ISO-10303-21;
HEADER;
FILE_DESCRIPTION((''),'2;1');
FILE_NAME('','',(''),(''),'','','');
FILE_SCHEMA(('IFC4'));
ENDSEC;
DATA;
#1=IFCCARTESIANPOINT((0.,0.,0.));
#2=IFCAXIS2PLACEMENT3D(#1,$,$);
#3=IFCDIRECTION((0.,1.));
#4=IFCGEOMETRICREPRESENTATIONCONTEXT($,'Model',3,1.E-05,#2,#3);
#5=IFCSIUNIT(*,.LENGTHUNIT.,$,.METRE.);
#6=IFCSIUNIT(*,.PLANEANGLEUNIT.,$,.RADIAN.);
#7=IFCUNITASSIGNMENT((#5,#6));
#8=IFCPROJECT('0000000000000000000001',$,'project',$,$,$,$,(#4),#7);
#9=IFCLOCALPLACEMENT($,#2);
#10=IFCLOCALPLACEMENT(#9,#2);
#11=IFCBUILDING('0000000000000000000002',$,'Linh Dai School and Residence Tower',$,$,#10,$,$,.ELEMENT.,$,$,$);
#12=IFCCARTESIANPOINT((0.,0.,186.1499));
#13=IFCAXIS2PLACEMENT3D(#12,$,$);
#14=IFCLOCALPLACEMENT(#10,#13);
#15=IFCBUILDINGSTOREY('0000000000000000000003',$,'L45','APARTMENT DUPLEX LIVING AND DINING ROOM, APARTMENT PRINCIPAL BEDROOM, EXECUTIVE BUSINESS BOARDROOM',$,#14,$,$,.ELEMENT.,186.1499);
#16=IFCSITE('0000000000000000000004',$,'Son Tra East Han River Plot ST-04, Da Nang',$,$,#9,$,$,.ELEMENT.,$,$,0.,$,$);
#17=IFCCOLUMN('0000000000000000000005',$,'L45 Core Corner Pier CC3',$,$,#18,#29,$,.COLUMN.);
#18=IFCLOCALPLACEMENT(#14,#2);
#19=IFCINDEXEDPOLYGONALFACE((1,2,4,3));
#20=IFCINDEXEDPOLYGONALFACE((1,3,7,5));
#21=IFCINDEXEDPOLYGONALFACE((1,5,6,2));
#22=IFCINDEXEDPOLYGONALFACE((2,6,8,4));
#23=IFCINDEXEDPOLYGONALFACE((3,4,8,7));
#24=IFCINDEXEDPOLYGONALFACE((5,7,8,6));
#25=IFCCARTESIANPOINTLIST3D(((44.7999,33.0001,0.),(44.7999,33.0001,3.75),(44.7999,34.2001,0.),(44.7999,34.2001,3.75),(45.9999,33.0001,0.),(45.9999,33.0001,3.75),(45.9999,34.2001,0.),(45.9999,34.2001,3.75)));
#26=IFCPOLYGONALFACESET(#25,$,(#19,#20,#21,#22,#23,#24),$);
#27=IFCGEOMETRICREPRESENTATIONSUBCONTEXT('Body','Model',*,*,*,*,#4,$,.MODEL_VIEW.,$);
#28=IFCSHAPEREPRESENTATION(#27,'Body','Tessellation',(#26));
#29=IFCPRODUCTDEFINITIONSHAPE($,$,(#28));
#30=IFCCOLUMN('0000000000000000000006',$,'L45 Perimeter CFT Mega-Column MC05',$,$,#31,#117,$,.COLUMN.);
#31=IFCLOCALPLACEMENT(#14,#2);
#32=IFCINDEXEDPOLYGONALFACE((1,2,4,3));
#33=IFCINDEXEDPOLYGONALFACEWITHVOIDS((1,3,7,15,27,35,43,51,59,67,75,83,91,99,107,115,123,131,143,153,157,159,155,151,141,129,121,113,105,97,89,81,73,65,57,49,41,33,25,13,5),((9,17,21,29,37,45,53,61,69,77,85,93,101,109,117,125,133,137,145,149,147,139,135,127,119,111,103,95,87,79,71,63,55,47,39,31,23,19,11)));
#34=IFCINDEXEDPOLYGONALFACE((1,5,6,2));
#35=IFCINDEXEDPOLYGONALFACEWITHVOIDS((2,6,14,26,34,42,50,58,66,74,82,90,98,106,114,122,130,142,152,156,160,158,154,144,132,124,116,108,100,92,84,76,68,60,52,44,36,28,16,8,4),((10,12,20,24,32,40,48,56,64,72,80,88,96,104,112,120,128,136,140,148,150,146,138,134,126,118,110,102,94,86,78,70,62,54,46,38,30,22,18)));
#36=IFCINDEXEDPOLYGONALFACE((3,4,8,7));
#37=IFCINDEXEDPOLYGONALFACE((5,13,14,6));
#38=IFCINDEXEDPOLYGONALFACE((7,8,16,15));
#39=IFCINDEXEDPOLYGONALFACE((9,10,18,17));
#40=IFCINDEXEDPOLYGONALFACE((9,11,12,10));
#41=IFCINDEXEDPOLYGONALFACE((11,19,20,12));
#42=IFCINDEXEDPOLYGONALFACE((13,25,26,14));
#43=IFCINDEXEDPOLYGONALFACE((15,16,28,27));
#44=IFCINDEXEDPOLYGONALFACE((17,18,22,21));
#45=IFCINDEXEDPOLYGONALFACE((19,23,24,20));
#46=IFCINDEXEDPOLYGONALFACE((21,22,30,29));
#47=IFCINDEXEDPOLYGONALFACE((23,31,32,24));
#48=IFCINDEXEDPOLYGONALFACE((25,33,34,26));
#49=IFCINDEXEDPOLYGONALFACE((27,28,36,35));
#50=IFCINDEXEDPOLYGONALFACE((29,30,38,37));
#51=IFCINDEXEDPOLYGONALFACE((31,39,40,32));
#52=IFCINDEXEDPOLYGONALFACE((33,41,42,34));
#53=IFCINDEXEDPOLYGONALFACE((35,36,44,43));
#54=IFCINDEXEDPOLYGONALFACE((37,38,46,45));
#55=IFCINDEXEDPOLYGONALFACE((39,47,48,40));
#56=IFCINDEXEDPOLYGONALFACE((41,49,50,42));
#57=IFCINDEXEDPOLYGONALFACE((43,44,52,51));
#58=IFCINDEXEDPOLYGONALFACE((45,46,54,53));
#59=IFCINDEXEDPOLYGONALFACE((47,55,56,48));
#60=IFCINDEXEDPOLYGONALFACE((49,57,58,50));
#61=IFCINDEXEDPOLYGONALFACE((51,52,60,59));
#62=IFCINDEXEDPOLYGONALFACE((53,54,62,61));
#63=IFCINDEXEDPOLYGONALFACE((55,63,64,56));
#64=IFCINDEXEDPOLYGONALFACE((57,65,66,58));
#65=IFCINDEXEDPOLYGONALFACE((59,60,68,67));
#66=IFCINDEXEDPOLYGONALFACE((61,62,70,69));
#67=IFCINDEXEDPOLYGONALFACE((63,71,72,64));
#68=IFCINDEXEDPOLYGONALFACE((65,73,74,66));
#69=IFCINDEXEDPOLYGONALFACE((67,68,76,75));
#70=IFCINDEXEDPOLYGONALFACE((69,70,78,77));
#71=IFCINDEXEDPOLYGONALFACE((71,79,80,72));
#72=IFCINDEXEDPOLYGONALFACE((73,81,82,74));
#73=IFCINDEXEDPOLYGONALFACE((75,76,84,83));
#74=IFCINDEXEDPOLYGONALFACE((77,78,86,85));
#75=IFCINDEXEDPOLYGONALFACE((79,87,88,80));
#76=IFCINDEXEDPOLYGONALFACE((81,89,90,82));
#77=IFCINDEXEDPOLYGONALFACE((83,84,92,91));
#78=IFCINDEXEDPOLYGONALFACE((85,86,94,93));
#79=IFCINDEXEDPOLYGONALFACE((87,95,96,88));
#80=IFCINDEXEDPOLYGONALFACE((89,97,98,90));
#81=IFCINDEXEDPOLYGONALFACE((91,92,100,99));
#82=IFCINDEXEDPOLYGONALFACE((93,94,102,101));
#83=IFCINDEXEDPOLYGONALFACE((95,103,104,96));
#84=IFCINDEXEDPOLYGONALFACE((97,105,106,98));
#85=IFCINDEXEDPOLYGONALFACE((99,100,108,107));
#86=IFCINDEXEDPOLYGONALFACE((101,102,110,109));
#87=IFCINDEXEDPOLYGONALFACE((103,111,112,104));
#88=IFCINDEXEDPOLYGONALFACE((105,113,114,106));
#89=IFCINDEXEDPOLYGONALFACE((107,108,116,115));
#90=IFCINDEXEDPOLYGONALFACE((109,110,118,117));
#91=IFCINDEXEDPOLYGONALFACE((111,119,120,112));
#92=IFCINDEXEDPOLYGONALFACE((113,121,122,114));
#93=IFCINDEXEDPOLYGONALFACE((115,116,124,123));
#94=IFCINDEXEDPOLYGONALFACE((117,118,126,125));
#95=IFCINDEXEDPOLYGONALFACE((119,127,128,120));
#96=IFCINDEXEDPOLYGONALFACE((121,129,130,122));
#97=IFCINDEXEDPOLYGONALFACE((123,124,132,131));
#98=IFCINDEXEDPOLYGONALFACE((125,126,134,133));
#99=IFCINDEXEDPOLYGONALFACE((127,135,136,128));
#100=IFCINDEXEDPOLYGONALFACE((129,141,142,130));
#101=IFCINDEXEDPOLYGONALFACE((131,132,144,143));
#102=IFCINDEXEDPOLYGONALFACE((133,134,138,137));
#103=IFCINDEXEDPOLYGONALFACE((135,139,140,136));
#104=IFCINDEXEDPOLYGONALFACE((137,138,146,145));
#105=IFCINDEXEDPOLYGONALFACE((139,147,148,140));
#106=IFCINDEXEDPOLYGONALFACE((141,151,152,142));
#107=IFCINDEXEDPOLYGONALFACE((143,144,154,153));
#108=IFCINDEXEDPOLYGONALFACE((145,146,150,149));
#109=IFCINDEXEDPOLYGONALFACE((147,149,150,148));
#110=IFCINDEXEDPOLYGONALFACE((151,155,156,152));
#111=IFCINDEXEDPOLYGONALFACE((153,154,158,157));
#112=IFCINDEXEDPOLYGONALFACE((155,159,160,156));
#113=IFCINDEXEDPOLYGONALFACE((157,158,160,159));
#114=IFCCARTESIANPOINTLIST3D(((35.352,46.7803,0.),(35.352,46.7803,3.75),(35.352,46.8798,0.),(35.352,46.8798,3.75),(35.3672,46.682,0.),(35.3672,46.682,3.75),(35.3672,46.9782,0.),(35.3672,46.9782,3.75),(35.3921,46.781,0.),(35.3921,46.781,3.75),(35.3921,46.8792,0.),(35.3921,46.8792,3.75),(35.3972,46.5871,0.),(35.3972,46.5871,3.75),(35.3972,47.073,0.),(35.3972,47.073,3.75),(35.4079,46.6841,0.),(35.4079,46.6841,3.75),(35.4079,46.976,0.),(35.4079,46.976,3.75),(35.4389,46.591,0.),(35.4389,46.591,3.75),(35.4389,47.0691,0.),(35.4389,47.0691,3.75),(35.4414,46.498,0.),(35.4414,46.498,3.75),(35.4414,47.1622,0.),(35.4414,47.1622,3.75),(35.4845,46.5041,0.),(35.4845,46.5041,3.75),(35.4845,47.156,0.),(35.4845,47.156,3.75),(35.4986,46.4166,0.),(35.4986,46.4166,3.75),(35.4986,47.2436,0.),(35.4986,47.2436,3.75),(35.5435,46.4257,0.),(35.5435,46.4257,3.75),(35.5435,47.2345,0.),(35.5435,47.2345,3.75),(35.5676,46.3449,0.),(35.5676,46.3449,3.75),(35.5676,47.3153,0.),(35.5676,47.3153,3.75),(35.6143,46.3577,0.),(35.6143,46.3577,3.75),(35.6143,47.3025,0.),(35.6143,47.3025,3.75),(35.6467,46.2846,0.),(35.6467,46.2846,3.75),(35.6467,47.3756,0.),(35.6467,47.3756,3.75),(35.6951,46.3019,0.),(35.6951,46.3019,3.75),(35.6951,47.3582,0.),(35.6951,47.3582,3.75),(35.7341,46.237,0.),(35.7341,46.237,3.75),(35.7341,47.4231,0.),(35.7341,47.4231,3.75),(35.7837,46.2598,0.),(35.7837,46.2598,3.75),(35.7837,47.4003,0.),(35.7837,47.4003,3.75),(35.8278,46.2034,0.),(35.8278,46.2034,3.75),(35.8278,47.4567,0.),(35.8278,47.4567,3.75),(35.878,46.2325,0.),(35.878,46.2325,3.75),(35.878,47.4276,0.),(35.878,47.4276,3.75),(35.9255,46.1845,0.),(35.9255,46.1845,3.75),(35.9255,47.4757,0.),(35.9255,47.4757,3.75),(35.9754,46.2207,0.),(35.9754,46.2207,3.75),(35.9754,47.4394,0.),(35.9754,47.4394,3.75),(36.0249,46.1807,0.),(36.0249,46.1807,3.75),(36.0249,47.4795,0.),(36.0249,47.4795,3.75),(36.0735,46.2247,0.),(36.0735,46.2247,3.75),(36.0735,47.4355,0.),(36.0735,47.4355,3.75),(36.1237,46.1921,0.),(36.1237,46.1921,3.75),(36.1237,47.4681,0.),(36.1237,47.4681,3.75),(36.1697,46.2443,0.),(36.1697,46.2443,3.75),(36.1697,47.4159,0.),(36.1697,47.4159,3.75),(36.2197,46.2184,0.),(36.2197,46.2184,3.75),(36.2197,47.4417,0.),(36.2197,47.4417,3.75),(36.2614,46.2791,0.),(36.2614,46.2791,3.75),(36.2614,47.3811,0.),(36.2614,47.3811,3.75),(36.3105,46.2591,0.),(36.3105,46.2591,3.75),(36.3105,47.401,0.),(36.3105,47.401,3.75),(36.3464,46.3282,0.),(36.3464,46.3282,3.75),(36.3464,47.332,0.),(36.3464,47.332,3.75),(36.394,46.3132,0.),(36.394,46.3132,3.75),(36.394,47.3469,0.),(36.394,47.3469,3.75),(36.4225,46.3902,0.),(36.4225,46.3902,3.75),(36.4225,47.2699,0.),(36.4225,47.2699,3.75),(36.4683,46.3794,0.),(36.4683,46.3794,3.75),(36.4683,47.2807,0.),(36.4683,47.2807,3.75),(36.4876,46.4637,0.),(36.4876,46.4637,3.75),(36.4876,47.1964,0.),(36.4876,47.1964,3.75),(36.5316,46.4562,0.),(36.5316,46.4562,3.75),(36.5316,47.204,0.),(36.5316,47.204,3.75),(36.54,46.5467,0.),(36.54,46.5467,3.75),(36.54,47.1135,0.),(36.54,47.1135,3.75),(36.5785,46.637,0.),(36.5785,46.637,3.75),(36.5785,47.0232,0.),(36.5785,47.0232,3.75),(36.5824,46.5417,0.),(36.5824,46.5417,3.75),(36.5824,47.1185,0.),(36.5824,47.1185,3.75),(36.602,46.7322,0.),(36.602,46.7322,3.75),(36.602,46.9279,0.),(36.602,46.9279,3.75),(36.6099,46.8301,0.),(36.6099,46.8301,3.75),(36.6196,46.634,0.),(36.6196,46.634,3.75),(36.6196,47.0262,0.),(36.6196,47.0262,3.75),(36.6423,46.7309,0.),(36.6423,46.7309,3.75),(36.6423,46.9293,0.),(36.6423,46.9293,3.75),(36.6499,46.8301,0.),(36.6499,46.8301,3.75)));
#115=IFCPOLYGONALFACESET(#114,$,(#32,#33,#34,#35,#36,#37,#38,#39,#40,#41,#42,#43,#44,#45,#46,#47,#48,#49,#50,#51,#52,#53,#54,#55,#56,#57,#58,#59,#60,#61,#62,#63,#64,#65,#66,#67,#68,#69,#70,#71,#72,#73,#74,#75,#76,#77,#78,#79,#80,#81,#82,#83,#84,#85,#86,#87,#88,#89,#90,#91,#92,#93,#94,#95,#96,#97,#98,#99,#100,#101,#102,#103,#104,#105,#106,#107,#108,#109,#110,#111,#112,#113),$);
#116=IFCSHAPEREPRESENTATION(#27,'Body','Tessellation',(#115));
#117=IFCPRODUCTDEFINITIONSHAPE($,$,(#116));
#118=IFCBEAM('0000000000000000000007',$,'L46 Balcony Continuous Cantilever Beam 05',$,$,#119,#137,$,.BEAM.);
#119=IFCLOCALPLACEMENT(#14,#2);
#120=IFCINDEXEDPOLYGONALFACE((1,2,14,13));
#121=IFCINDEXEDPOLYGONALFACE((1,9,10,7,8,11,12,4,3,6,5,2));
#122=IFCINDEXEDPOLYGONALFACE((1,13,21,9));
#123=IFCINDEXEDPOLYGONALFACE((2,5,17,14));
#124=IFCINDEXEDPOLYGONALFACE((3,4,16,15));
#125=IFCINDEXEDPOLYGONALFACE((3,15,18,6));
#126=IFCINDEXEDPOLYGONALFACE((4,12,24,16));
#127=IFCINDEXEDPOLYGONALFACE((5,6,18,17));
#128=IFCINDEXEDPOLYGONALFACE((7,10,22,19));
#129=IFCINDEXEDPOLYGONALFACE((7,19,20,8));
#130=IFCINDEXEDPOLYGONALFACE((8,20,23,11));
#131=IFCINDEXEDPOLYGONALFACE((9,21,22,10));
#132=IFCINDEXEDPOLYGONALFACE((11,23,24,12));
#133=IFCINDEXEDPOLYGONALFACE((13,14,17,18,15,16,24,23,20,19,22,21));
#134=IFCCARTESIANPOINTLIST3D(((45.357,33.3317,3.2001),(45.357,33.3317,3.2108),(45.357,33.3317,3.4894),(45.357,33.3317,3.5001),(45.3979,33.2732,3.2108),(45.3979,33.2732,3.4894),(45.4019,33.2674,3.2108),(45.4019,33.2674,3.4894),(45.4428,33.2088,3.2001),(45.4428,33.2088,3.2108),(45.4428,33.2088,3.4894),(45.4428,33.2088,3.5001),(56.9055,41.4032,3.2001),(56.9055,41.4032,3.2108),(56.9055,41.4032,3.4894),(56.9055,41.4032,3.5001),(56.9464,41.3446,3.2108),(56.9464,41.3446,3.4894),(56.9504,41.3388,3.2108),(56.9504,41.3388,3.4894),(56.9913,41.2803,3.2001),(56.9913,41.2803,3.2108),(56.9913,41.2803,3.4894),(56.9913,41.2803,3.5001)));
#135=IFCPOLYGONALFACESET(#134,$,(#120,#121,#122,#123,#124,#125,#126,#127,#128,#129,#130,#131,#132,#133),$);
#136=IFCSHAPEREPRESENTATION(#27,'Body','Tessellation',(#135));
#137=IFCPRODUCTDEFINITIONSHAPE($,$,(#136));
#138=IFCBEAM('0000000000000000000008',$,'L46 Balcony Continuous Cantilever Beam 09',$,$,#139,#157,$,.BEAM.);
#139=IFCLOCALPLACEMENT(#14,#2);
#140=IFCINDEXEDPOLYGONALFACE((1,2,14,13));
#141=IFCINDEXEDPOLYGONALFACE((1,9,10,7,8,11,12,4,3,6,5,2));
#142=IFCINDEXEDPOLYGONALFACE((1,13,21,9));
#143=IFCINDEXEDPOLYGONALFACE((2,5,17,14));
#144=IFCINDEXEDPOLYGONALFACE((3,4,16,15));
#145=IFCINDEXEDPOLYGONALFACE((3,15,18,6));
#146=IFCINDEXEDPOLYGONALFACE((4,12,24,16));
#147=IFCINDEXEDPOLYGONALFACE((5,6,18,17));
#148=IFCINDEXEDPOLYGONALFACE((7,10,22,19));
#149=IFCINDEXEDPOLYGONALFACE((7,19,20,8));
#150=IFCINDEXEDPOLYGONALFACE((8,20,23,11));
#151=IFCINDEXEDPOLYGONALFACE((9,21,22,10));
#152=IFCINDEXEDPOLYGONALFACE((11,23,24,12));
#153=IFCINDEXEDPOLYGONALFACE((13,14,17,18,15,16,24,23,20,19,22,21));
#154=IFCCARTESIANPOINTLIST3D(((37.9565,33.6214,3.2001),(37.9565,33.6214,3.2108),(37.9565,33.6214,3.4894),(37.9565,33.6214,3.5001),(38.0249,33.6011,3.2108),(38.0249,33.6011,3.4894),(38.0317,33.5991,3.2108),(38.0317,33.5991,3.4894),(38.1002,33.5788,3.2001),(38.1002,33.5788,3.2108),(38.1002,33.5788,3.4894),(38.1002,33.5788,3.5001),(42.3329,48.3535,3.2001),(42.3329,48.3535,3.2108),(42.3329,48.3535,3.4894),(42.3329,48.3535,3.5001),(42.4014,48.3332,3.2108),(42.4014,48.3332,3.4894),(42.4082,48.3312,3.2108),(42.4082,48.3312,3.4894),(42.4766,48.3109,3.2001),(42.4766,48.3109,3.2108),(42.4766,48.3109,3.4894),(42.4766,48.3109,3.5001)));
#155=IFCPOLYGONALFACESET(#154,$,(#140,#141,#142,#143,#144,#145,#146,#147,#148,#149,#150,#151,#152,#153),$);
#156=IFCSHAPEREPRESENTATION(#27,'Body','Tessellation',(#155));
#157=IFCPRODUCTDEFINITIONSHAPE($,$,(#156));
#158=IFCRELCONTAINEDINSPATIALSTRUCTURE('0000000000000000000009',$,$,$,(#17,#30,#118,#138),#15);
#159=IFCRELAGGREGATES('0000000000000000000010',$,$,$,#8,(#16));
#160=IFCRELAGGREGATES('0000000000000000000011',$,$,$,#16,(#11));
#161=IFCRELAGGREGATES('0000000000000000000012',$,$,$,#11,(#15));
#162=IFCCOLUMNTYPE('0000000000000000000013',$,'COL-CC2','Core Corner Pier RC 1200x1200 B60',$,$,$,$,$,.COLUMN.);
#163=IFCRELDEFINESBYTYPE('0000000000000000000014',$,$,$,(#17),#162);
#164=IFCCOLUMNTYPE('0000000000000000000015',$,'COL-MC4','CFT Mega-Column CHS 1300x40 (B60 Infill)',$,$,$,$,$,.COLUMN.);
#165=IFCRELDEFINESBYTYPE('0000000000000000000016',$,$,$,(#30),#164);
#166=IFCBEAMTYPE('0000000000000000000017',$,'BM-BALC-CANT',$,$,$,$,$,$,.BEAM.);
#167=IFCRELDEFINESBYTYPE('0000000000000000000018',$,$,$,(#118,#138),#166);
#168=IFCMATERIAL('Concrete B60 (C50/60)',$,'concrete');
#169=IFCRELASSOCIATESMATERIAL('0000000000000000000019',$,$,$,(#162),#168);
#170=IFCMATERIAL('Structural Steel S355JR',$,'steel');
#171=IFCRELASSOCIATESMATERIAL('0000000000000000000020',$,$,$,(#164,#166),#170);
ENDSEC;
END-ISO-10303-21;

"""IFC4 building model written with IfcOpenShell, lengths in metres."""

from ifc_helpers import new_model, si_unit, direction, frame, origin, origin_2d, place, context, subcontext, project, spatial, rectangle, hollow_circle, i_section, extrude, material, material_profile, profile_set, type_object, element, save


model = new_model("IFC4")

# Units and contexts
model_context = context("Model", 3, precision=1e-05, world=origin(), true_north=direction((0.0, 1.0)))
body_context = subcontext(model_context, "Body", "Model", "MODEL_VIEW")
ifc_project = project(units=[si_unit("LENGTHUNIT", "METRE"), si_unit("PLANEANGLEUNIT", "RADIAN")], contexts=[model_context])

# Site, building, storey
site_placement = place(None, origin())
site = spatial("IfcSite", under=ifc_project, at=site_placement, Name="Son Tra East Han River Plot ST-04, Da Nang", CompositionType="ELEMENT", RefElevation=0.0)
building_placement = place(site_placement, origin())
building = spatial("IfcBuilding", under=site, at=building_placement, Name="Linh Dai School and Residence Tower", CompositionType="ELEMENT")
storey_placement = place(building_placement, frame((0.0, 0.0, 186.1499)))
storey = spatial("IfcBuildingStorey", under=building, at=storey_placement, Name="L45", Description="APARTMENT DUPLEX LIVING AND DINING ROOM, APARTMENT PRINCIPAL BEDROOM, EXECUTIVE BUSINESS BOARDROOM", CompositionType="ELEMENT", Elevation=186.1499)

# Columns
ifc_material_1 = material(Name="Concrete B60 (C50/60)", Category="concrete")
ifc_material_profile_1 = material_profile(ifc_material_1, rectangle(XDim=1.2, YDim=1.2, at=origin_2d()), Name="RC 1200x1200")
ifc_profile_set_1 = profile_set([ifc_material_profile_1], Name="Concrete B60 (C50/60)")
column_type_1 = type_object("IfcColumnType", Name="COL-CC2", Description="Core Corner Pier RC 1200x1200 B60", PredefinedType="COLUMN", material=ifc_profile_set_1)
column_1_placement = place(storey_placement, frame((45.3999, 33.6001, 0.0), z_axis=(0.0, 0.0, 1.0), x_axis=(1.0, 0.0, 0.0)))
element("IfcColumn", 1, at=column_1_placement, inside=storey, type_object=column_type_1, Name="L45 Core Corner Pier CC3", PredefinedType="COLUMN", context=body_context, shape_type="SweptSolid", body=[
    extrude(rectangle(XDim=1.2, YDim=1.2, at=origin_2d()), origin(), (0.0, 0.0, 1.0), 3.75),
])
ifc_material_2 = material(Name="Structural Steel S355JR", Category="steel")
ifc_material_profile_2 = material_profile(ifc_material_2, hollow_circle(Radius=0.6499, WallThickness=0.04, at=origin_2d()), Name="CHS 1300x40")
ifc_profile_set_2 = profile_set([ifc_material_profile_2], Name="Structural Steel S355JR")
column_type_2 = type_object("IfcColumnType", Name="COL-MC4", Description="CFT Mega-Column CHS 1300x40 (B60 Infill)", PredefinedType="COLUMN", material=ifc_profile_set_2)
column_2_placement = place(storey_placement, frame((36.0, 46.8301, 0.0), z_axis=(0.0, 0.0, 1.0), x_axis=(1.0, 0.0, 0.0)))
element("IfcColumn", 2, at=column_2_placement, inside=storey, type_object=column_type_2, Name="L45 Perimeter CFT Mega-Column MC05", PredefinedType="COLUMN", context=body_context, shape_type="SweptSolid", body=[
    extrude(hollow_circle(Radius=0.6499, WallThickness=0.04, at=origin_2d()), origin(), (0.0, 0.0, 1.0), 3.75),
])

# Beams
ifc_material_profile_3 = material_profile(ifc_material_2, i_section(OverallWidth=0.1499, OverallDepth=0.3, WebThickness=0.0071, FlangeThickness=0.0107, at=origin_2d()), Name="IPE 300")
ifc_profile_set_3 = profile_set([ifc_material_profile_3], Name="Structural Steel S355JR")
beam_type_1 = type_object("IfcBeamType", Name="BM-BALC-CANT", PredefinedType="BEAM", material=ifc_profile_set_3)
beam_1_placement = place(storey_placement, frame((45.3999, 33.2703, 3.3501), z_axis=(0.819648, 0.572868, 0.0), x_axis=(-0.572868, 0.819648, 0.0)))
element("IfcBeam", 3, at=beam_1_placement, inside=storey, type_object=beam_type_1, Name="L46 Balcony Continuous Cantilever Beam 05", PredefinedType="BEAM", context=body_context, shape_type="SweptSolid", body=[
    extrude(i_section(OverallWidth=0.1499, OverallDepth=0.3, WebThickness=0.0071, FlangeThickness=0.0107, at=origin_2d()), origin(), (0.0, 0.0, 1.0), 14.0896),
])
beam_2_placement = place(storey_placement, frame((38.0283, 33.6001, 3.3501), z_axis=(0.284769, 0.958596, 0.0), x_axis=(-0.958596, 0.284769, 0.0)))
element("IfcBeam", 4, at=beam_2_placement, inside=storey, type_object=beam_type_1, Name="L46 Balcony Continuous Cantilever Beam 09", PredefinedType="BEAM", context=body_context, shape_type="SweptSolid", body=[
    extrude(i_section(OverallWidth=0.1499, OverallDepth=0.3, WebThickness=0.0071, FlangeThickness=0.0107, at=origin_2d()), origin(), (0.0, 0.0, 1.0), 15.3684),
])

save(model, "model.ifc")
